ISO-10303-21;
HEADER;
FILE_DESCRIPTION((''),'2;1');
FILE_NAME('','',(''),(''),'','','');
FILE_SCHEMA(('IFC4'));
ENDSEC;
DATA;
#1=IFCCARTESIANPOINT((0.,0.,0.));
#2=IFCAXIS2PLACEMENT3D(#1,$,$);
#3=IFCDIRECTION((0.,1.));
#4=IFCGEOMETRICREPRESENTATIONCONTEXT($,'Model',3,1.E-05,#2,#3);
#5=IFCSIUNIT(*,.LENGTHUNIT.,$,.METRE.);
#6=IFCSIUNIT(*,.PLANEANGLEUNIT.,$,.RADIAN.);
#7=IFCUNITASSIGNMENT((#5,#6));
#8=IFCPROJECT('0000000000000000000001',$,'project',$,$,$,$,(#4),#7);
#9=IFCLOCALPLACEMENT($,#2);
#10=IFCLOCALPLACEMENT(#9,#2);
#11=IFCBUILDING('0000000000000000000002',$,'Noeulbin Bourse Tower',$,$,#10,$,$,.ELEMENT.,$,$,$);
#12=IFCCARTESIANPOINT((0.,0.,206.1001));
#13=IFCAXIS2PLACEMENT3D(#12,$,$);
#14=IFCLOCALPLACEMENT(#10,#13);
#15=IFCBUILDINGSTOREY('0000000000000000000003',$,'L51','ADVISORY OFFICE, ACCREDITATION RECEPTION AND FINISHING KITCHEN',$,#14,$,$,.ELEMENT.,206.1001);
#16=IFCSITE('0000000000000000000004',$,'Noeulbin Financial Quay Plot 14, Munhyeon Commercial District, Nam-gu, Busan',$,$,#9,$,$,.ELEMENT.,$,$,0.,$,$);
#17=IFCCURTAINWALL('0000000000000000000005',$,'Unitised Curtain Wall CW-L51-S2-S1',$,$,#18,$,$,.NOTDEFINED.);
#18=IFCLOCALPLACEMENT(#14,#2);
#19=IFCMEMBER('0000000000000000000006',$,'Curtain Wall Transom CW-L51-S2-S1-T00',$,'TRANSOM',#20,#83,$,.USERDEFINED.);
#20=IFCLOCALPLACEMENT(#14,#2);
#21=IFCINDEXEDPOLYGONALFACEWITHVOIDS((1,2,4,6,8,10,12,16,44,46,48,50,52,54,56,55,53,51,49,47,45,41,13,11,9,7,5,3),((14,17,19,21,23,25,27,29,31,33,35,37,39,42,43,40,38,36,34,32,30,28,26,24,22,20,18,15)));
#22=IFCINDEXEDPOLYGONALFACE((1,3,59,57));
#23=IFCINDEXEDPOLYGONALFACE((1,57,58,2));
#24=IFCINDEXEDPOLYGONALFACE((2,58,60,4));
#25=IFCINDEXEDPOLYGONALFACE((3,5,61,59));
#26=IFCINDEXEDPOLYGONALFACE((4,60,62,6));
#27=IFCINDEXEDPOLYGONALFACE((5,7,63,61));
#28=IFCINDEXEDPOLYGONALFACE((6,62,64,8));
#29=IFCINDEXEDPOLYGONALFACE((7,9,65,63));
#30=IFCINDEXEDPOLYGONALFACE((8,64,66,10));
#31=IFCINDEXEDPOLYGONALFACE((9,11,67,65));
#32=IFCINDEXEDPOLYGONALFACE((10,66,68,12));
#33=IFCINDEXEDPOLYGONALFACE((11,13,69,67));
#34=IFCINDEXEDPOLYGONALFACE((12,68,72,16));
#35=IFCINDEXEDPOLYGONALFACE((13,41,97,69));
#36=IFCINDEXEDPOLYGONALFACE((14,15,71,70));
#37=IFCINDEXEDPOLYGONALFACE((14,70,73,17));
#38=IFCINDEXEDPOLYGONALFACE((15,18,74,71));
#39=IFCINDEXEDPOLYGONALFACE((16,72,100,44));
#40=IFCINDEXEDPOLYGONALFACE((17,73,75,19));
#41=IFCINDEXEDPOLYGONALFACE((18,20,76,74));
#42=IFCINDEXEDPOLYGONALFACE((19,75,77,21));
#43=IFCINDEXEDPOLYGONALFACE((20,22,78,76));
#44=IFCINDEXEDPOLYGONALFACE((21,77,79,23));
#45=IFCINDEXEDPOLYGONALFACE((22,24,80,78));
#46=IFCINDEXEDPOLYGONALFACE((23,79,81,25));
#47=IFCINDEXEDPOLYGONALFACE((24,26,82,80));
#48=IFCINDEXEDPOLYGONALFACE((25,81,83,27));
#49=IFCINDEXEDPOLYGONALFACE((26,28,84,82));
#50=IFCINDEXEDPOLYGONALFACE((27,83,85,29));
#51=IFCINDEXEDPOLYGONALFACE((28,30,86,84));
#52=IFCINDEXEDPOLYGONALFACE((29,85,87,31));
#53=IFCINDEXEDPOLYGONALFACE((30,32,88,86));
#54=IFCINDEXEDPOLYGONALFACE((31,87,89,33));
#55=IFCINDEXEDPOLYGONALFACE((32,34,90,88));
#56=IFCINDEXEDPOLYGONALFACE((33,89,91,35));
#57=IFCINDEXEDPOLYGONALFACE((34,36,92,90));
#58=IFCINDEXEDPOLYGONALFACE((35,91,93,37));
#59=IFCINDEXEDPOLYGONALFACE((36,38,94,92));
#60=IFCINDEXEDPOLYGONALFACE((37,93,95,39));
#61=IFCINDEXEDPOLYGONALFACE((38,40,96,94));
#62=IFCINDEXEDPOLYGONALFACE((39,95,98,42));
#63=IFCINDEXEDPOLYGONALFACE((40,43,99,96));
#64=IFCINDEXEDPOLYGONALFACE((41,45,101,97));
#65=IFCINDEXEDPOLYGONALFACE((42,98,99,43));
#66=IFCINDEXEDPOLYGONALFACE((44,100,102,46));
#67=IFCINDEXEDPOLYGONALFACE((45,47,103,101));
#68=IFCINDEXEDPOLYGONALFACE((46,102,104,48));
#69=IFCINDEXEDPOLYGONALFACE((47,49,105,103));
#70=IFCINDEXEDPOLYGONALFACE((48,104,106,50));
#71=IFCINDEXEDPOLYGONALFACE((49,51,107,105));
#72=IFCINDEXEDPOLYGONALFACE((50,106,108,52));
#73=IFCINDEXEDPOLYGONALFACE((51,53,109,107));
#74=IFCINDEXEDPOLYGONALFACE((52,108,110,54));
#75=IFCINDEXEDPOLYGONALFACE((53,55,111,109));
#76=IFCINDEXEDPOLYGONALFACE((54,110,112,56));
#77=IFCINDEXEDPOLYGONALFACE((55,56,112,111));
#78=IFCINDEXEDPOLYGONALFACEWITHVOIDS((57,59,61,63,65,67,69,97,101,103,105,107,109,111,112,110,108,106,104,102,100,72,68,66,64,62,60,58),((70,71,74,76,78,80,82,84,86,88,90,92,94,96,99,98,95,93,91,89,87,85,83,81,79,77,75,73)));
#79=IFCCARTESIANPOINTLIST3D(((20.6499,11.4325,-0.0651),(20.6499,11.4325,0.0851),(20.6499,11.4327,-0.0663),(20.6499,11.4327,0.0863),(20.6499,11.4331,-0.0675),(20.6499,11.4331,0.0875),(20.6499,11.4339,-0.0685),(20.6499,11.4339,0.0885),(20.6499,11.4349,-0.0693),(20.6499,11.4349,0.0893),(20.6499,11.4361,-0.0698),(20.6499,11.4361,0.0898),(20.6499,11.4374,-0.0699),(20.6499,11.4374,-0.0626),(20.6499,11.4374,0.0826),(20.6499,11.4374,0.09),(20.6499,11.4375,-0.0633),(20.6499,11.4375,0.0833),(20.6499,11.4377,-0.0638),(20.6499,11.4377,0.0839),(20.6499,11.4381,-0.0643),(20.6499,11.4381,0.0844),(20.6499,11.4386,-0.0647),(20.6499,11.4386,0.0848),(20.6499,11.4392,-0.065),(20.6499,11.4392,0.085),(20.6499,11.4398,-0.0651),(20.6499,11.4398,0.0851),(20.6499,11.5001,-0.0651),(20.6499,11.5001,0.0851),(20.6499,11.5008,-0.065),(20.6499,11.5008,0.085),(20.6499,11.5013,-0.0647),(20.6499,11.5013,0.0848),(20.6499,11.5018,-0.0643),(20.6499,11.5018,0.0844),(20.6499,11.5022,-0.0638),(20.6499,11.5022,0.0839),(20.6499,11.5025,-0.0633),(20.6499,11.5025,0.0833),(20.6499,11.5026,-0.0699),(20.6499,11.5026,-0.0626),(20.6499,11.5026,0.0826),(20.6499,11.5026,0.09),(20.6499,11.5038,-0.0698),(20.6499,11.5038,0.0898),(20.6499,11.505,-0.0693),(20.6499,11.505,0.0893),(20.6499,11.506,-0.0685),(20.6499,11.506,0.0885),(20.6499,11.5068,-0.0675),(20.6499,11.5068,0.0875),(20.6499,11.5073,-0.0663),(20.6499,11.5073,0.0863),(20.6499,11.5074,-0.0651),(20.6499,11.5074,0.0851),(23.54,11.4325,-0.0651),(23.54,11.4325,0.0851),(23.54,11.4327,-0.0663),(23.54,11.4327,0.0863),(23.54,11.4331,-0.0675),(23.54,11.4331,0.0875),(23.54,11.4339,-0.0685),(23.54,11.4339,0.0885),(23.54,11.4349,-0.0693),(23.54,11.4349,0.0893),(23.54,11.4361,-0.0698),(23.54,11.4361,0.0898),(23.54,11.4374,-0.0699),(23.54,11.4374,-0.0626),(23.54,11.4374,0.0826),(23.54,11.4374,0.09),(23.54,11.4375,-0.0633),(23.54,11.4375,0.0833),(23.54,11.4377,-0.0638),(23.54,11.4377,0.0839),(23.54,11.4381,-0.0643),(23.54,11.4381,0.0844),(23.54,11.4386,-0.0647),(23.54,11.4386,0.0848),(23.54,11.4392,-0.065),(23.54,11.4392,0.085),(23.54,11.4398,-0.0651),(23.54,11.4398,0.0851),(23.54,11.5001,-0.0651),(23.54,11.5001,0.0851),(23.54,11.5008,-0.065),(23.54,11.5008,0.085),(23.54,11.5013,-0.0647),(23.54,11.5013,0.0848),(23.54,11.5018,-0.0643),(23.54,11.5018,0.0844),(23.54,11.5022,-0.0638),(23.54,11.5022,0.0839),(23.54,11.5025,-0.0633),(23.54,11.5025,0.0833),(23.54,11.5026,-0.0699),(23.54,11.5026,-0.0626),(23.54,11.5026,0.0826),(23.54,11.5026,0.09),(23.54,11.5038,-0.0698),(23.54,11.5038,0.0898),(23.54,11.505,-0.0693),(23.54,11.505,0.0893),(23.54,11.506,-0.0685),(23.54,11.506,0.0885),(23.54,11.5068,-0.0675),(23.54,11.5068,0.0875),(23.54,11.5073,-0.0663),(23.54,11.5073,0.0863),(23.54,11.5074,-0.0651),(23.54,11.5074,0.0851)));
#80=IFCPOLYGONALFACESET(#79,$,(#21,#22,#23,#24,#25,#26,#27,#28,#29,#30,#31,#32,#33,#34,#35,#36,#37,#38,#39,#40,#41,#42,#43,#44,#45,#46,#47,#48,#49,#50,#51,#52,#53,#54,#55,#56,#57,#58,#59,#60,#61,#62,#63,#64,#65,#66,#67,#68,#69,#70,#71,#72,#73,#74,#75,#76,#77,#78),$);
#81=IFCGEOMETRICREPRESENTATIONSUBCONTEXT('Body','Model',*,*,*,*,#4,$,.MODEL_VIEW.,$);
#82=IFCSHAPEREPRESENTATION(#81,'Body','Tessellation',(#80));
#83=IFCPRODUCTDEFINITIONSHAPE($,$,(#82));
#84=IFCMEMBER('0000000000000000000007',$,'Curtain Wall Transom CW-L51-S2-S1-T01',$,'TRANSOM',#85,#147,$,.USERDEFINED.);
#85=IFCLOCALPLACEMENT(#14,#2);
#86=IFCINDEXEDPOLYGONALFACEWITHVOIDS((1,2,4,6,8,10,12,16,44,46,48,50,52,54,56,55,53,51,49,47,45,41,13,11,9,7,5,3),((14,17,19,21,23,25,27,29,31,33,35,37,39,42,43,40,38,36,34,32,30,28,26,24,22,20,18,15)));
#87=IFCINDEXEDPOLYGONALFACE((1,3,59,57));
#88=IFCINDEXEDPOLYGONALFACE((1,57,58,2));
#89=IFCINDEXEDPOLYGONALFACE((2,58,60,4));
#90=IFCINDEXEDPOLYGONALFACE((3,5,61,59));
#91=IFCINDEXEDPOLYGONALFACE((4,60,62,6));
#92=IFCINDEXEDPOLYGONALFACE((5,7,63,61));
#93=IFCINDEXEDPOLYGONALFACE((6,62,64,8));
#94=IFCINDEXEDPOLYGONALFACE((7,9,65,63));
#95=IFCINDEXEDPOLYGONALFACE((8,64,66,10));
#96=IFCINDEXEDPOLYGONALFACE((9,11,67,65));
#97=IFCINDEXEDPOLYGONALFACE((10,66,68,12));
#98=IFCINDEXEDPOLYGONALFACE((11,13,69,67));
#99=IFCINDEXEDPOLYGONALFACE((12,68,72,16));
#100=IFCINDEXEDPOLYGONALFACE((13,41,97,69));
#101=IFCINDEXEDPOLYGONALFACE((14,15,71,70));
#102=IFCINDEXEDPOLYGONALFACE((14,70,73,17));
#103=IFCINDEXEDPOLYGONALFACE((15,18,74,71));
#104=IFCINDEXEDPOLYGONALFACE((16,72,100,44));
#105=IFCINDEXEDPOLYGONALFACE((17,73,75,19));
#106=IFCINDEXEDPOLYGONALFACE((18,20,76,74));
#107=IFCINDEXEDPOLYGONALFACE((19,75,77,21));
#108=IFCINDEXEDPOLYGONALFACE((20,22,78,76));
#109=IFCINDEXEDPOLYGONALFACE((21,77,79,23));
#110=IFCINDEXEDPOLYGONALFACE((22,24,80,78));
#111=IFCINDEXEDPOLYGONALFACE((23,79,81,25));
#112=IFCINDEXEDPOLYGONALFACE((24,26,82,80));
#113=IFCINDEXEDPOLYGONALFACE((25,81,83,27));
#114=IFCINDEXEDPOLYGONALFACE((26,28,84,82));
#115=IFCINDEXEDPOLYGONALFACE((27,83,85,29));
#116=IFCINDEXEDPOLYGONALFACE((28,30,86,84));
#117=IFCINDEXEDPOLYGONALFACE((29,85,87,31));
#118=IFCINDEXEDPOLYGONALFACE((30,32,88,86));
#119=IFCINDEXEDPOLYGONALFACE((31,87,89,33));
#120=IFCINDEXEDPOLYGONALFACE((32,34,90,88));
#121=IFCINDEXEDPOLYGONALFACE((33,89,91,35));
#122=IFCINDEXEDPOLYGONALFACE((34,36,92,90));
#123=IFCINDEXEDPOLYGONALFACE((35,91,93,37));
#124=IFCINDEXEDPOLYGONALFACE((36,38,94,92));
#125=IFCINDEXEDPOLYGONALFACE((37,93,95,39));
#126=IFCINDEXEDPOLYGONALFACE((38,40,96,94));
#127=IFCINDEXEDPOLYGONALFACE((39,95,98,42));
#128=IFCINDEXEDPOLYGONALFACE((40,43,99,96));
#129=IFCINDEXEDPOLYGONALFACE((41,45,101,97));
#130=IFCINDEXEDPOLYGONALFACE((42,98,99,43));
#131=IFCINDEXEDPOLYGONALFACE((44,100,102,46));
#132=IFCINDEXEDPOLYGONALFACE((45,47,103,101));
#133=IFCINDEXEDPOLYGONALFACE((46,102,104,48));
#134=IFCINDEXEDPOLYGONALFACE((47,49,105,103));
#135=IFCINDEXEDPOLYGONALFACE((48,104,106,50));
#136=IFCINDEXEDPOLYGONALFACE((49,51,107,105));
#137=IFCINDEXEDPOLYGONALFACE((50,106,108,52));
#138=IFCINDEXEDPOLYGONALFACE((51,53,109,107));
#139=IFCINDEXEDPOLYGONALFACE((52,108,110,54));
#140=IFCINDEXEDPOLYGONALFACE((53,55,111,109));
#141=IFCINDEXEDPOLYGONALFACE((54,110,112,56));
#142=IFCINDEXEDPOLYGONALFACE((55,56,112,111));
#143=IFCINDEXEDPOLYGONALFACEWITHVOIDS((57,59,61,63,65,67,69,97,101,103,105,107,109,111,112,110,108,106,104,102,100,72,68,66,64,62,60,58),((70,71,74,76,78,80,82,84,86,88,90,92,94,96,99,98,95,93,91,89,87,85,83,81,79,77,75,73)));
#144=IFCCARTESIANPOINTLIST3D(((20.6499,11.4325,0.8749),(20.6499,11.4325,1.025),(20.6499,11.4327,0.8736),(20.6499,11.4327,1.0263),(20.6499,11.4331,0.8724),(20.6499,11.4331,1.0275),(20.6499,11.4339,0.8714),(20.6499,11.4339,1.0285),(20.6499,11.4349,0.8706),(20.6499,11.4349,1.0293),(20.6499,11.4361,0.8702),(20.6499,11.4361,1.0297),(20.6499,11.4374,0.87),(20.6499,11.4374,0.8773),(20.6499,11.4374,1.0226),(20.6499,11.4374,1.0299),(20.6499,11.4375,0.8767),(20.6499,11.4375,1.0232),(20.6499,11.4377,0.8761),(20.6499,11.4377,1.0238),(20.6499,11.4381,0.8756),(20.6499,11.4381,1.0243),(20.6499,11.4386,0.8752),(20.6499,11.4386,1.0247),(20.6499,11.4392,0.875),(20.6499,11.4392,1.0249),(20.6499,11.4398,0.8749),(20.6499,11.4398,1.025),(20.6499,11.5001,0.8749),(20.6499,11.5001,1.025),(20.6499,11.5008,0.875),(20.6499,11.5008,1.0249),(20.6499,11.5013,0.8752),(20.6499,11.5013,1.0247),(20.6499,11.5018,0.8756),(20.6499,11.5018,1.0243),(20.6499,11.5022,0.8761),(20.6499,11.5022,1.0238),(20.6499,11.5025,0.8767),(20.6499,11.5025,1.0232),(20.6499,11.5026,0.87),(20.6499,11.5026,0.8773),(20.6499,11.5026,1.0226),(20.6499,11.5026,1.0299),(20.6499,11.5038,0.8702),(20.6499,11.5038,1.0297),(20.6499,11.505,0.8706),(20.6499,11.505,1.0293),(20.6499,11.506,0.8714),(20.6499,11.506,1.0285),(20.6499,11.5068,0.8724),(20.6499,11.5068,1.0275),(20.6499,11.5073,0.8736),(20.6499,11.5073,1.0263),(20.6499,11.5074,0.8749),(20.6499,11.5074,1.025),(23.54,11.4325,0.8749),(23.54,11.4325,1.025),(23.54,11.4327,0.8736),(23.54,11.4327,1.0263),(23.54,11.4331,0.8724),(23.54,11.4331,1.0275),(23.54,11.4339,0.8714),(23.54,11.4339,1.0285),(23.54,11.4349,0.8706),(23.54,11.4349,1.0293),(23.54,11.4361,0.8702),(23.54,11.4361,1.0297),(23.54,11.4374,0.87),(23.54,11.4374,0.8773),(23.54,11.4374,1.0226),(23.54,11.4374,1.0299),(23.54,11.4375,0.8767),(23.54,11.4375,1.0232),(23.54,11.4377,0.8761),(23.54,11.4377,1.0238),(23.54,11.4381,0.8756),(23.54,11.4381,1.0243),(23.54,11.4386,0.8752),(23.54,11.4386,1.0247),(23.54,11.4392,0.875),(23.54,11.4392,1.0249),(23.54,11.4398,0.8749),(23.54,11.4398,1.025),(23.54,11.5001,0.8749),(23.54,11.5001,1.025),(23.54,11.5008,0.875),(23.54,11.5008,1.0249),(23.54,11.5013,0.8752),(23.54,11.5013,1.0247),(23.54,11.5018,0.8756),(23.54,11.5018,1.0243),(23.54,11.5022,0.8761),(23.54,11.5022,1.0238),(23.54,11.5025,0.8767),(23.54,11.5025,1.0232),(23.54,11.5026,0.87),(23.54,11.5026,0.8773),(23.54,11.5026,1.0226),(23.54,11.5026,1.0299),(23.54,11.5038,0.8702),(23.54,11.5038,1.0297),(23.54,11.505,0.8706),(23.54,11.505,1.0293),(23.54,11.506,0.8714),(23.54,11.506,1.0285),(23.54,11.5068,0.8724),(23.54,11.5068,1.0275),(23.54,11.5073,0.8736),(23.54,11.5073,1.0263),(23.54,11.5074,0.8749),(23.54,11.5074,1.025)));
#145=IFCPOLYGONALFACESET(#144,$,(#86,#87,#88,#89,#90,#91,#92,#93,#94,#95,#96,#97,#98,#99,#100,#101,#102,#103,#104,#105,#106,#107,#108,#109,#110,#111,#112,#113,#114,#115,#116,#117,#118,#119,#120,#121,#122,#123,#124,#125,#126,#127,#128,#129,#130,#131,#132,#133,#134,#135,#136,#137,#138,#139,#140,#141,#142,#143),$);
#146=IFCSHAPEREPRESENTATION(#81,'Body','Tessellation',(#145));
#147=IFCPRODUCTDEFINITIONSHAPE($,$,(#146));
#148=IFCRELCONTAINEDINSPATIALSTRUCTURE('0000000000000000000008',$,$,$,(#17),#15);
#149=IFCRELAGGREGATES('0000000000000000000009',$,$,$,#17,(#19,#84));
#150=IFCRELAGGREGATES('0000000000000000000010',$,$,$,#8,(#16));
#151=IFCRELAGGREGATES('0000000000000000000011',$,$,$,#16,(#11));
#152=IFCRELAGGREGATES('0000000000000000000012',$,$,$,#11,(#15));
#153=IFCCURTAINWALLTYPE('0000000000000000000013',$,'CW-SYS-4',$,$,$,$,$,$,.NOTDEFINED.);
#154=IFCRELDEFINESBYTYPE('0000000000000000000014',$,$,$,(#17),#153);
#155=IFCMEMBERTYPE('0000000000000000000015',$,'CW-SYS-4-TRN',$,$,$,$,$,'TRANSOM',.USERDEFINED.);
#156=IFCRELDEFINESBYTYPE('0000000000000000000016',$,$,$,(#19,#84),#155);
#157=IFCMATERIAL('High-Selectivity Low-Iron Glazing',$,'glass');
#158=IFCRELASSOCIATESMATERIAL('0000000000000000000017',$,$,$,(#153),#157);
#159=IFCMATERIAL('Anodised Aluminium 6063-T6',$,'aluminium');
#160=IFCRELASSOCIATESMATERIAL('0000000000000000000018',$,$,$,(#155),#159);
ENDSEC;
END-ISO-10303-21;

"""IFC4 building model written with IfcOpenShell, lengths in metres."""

from ifc_helpers import new_model, si_unit, direction, frame, origin, origin_2d, place, context, subcontext, project, spatial, hollow_rectangle, extrude, material, material_profile, profile_set, type_object, element, aggregate, save


model = new_model("IFC4")

# Units and contexts
model_context = context("Model", 3, precision=1e-05, world=origin(), true_north=direction((0.0, 1.0)))
body_context = subcontext(model_context, "Body", "Model", "MODEL_VIEW")
ifc_project = project(units=[si_unit("LENGTHUNIT", "METRE"), si_unit("PLANEANGLEUNIT", "RADIAN")], contexts=[model_context])

# Site, building, storey
site_placement = place(None, origin())
site = spatial("IfcSite", under=ifc_project, at=site_placement, Name="Noeulbin Financial Quay Plot 14, Munhyeon Commercial District, Nam-gu, Busan", CompositionType="ELEMENT", RefElevation=0.0)
building_placement = place(site_placement, origin())
building = spatial("IfcBuilding", under=site, at=building_placement, Name="Noeulbin Bourse Tower", CompositionType="ELEMENT")
storey_placement = place(building_placement, frame((0.0, 0.0, 206.1001)))
storey = spatial("IfcBuildingStorey", under=building, at=storey_placement, Name="L51", Description="ADVISORY OFFICE, ACCREDITATION RECEPTION AND FINISHING KITCHEN", CompositionType="ELEMENT", Elevation=206.1001)

# Curtain wall, members
ifc_material_1 = material(Name="High-Selectivity Low-Iron Glazing", Category="glass")
curtain_wall_type = type_object("IfcCurtainWallType", Name="CW-SYS-4", PredefinedType="NOTDEFINED", material=ifc_material_1)
curtain_wall_placement = place(storey_placement, origin())
curtain_wall = element("IfcCurtainWall", 1, at=curtain_wall_placement, inside=storey, type_object=curtain_wall_type, Name="Unitised Curtain Wall CW-L51-S2-S1", PredefinedType="NOTDEFINED")
ifc_material_2 = material(Name="Anodised Aluminium 6063-T6", Category="aluminium")
ifc_material_profile_1 = material_profile(ifc_material_2, hollow_rectangle(XDim=0.075, YDim=0.1599, WallThickness=0.0049, InnerFilletRadius=0.0024, OuterFilletRadius=0.0049, at=origin_2d()), Name="ALU-TRAN-75x160x5", Category="LoadBearing")
ifc_profile_set_1 = profile_set([ifc_material_profile_1], Name="Anodised Aluminium 6063-T6")
member_type_1 = type_object("IfcMemberType", Name="CW-SYS-4-TRN", ElementType="TRANSOM", PredefinedType="USERDEFINED", material=ifc_profile_set_1)
member_1_placement = place(storey_placement, frame((20.6499, 11.47, 0.01), z_axis=(1.0, 0.0, 0.0), x_axis=(0.0, 1.0, 0.0)))
member_1 = element("IfcMember", 2, at=member_1_placement, type_object=member_type_1, Name="Curtain Wall Transom CW-L51-S2-S1-T00", ObjectType="TRANSOM", PredefinedType="USERDEFINED", context=body_context, shape_type="SweptSolid", body=[
    extrude(hollow_rectangle(XDim=0.075, YDim=0.1599, WallThickness=0.0049, InnerFilletRadius=0.0024, OuterFilletRadius=0.0049, at=origin_2d()), origin(), (0.0, 0.0, 1.0), 2.8901),
])
member_2_placement = place(storey_placement, frame((20.6499, 11.47, 0.95), z_axis=(1.0, 0.0, 0.0), x_axis=(0.0, 1.0, 0.0)))
member_2 = element("IfcMember", 3, at=member_2_placement, type_object=member_type_1, Name="Curtain Wall Transom CW-L51-S2-S1-T01", ObjectType="TRANSOM", PredefinedType="USERDEFINED", context=body_context, shape_type="SweptSolid", body=[
    extrude(hollow_rectangle(XDim=0.075, YDim=0.1599, WallThickness=0.0049, InnerFilletRadius=0.0024, OuterFilletRadius=0.0049, at=origin_2d()), origin(), (0.0, 0.0, 1.0), 2.8901),
])
aggregate(curtain_wall, [member_1, member_2])

save(model, "model.ifc")
